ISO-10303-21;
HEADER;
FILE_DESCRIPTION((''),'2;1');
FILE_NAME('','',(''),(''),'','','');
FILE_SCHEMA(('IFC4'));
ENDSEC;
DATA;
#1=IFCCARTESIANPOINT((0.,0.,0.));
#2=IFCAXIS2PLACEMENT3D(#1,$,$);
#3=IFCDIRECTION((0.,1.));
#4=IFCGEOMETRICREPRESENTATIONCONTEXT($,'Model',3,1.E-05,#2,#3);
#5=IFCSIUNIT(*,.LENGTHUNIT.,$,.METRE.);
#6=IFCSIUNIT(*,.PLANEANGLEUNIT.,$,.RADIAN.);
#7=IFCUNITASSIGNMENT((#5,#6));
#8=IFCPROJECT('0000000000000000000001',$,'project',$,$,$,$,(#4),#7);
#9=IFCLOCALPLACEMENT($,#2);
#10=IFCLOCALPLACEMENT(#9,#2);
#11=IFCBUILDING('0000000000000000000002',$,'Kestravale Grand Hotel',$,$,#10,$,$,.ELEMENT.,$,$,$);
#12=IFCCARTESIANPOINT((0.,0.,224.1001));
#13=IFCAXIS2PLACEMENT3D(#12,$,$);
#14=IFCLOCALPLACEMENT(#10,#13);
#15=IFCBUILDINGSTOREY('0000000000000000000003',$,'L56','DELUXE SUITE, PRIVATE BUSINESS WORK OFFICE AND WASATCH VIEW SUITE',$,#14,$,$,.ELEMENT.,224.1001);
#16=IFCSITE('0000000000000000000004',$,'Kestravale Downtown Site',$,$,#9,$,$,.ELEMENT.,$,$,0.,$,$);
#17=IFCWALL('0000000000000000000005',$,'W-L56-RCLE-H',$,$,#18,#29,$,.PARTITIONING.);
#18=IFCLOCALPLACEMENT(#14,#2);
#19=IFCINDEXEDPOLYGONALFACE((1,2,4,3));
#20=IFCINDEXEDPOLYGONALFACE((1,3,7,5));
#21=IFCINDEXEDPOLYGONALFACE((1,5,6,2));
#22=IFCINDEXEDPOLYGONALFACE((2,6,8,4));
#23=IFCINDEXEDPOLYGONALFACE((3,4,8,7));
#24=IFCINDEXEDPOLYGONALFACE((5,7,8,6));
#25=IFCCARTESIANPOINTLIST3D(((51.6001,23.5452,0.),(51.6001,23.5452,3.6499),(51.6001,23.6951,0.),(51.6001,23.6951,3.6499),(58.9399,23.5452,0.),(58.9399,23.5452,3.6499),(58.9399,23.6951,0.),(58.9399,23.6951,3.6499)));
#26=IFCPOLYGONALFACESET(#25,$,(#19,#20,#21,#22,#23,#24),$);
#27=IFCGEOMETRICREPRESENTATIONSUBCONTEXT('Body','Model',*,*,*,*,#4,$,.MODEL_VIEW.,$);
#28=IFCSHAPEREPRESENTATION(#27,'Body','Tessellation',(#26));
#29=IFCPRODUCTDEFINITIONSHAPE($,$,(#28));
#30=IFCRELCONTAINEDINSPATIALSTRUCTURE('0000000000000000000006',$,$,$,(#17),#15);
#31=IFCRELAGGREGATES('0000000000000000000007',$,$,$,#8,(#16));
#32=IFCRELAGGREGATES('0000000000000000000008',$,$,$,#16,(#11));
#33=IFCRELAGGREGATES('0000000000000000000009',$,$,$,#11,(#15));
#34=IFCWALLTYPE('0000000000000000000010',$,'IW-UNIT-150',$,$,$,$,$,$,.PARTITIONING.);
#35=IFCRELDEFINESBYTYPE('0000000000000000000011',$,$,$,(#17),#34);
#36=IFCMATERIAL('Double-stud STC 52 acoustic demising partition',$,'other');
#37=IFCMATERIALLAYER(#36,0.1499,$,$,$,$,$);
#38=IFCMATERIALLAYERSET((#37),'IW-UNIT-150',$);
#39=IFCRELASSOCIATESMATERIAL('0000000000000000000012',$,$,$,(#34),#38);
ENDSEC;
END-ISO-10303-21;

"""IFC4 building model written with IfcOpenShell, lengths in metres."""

from ifc_helpers import new_model, si_unit, direction, frame, frame_2d, origin, place, context, subcontext, project, spatial, rectangle, extrude, material, layer, layer_set, type_object, element, save


model = new_model("IFC4")

# Units and contexts
model_context = context("Model", 3, precision=1e-05, world=origin(), true_north=direction((0.0, 1.0)))
body_context = subcontext(model_context, "Body", "Model", "MODEL_VIEW")
ifc_project = project(units=[si_unit("LENGTHUNIT", "METRE"), si_unit("PLANEANGLEUNIT", "RADIAN")], contexts=[model_context])

# Site, building, storey
site_placement = place(None, origin())
site = spatial("IfcSite", under=ifc_project, at=site_placement, Name="Kestravale Downtown Site", CompositionType="ELEMENT", RefElevation=0.0)
building_placement = place(site_placement, origin())
building = spatial("IfcBuilding", under=site, at=building_placement, Name="Kestravale Grand Hotel", CompositionType="ELEMENT")
storey_placement = place(building_placement, frame((0.0, 0.0, 224.1001)))
storey = spatial("IfcBuildingStorey", under=building, at=storey_placement, Name="L56", Description="DELUXE SUITE, PRIVATE BUSINESS WORK OFFICE AND WASATCH VIEW SUITE", CompositionType="ELEMENT", Elevation=224.1001)

# Wall
ifc_material_1 = material(Name="Double-stud STC 52 acoustic demising partition", Category="other")
ifc_layer_1 = layer(ifc_material_1, 0.1499)
ifc_layer_set_1 = layer_set([ifc_layer_1], Name="IW-UNIT-150")
wall_type_1 = type_object("IfcWallType", Name="IW-UNIT-150", PredefinedType="PARTITIONING", material=ifc_layer_set_1)
wall_1_placement = place(storey_placement, frame((51.6001, 23.6201, 0.0), z_axis=(0.0, 0.0, 1.0), x_axis=(1.0, 0.0, 0.0)))
element("IfcWall", 1, at=wall_1_placement, inside=storey, type_object=wall_type_1, Name="W-L56-RCLE-H", PredefinedType="PARTITIONING", context=body_context, shape_type="SweptSolid", body=[
    extrude(rectangle(XDim=7.3398, YDim=0.1499, at=frame_2d((3.6699, 0.0))), origin(), (0.0, 0.0, 1.0), 3.6499),
])

save(model, "model.ifc")
